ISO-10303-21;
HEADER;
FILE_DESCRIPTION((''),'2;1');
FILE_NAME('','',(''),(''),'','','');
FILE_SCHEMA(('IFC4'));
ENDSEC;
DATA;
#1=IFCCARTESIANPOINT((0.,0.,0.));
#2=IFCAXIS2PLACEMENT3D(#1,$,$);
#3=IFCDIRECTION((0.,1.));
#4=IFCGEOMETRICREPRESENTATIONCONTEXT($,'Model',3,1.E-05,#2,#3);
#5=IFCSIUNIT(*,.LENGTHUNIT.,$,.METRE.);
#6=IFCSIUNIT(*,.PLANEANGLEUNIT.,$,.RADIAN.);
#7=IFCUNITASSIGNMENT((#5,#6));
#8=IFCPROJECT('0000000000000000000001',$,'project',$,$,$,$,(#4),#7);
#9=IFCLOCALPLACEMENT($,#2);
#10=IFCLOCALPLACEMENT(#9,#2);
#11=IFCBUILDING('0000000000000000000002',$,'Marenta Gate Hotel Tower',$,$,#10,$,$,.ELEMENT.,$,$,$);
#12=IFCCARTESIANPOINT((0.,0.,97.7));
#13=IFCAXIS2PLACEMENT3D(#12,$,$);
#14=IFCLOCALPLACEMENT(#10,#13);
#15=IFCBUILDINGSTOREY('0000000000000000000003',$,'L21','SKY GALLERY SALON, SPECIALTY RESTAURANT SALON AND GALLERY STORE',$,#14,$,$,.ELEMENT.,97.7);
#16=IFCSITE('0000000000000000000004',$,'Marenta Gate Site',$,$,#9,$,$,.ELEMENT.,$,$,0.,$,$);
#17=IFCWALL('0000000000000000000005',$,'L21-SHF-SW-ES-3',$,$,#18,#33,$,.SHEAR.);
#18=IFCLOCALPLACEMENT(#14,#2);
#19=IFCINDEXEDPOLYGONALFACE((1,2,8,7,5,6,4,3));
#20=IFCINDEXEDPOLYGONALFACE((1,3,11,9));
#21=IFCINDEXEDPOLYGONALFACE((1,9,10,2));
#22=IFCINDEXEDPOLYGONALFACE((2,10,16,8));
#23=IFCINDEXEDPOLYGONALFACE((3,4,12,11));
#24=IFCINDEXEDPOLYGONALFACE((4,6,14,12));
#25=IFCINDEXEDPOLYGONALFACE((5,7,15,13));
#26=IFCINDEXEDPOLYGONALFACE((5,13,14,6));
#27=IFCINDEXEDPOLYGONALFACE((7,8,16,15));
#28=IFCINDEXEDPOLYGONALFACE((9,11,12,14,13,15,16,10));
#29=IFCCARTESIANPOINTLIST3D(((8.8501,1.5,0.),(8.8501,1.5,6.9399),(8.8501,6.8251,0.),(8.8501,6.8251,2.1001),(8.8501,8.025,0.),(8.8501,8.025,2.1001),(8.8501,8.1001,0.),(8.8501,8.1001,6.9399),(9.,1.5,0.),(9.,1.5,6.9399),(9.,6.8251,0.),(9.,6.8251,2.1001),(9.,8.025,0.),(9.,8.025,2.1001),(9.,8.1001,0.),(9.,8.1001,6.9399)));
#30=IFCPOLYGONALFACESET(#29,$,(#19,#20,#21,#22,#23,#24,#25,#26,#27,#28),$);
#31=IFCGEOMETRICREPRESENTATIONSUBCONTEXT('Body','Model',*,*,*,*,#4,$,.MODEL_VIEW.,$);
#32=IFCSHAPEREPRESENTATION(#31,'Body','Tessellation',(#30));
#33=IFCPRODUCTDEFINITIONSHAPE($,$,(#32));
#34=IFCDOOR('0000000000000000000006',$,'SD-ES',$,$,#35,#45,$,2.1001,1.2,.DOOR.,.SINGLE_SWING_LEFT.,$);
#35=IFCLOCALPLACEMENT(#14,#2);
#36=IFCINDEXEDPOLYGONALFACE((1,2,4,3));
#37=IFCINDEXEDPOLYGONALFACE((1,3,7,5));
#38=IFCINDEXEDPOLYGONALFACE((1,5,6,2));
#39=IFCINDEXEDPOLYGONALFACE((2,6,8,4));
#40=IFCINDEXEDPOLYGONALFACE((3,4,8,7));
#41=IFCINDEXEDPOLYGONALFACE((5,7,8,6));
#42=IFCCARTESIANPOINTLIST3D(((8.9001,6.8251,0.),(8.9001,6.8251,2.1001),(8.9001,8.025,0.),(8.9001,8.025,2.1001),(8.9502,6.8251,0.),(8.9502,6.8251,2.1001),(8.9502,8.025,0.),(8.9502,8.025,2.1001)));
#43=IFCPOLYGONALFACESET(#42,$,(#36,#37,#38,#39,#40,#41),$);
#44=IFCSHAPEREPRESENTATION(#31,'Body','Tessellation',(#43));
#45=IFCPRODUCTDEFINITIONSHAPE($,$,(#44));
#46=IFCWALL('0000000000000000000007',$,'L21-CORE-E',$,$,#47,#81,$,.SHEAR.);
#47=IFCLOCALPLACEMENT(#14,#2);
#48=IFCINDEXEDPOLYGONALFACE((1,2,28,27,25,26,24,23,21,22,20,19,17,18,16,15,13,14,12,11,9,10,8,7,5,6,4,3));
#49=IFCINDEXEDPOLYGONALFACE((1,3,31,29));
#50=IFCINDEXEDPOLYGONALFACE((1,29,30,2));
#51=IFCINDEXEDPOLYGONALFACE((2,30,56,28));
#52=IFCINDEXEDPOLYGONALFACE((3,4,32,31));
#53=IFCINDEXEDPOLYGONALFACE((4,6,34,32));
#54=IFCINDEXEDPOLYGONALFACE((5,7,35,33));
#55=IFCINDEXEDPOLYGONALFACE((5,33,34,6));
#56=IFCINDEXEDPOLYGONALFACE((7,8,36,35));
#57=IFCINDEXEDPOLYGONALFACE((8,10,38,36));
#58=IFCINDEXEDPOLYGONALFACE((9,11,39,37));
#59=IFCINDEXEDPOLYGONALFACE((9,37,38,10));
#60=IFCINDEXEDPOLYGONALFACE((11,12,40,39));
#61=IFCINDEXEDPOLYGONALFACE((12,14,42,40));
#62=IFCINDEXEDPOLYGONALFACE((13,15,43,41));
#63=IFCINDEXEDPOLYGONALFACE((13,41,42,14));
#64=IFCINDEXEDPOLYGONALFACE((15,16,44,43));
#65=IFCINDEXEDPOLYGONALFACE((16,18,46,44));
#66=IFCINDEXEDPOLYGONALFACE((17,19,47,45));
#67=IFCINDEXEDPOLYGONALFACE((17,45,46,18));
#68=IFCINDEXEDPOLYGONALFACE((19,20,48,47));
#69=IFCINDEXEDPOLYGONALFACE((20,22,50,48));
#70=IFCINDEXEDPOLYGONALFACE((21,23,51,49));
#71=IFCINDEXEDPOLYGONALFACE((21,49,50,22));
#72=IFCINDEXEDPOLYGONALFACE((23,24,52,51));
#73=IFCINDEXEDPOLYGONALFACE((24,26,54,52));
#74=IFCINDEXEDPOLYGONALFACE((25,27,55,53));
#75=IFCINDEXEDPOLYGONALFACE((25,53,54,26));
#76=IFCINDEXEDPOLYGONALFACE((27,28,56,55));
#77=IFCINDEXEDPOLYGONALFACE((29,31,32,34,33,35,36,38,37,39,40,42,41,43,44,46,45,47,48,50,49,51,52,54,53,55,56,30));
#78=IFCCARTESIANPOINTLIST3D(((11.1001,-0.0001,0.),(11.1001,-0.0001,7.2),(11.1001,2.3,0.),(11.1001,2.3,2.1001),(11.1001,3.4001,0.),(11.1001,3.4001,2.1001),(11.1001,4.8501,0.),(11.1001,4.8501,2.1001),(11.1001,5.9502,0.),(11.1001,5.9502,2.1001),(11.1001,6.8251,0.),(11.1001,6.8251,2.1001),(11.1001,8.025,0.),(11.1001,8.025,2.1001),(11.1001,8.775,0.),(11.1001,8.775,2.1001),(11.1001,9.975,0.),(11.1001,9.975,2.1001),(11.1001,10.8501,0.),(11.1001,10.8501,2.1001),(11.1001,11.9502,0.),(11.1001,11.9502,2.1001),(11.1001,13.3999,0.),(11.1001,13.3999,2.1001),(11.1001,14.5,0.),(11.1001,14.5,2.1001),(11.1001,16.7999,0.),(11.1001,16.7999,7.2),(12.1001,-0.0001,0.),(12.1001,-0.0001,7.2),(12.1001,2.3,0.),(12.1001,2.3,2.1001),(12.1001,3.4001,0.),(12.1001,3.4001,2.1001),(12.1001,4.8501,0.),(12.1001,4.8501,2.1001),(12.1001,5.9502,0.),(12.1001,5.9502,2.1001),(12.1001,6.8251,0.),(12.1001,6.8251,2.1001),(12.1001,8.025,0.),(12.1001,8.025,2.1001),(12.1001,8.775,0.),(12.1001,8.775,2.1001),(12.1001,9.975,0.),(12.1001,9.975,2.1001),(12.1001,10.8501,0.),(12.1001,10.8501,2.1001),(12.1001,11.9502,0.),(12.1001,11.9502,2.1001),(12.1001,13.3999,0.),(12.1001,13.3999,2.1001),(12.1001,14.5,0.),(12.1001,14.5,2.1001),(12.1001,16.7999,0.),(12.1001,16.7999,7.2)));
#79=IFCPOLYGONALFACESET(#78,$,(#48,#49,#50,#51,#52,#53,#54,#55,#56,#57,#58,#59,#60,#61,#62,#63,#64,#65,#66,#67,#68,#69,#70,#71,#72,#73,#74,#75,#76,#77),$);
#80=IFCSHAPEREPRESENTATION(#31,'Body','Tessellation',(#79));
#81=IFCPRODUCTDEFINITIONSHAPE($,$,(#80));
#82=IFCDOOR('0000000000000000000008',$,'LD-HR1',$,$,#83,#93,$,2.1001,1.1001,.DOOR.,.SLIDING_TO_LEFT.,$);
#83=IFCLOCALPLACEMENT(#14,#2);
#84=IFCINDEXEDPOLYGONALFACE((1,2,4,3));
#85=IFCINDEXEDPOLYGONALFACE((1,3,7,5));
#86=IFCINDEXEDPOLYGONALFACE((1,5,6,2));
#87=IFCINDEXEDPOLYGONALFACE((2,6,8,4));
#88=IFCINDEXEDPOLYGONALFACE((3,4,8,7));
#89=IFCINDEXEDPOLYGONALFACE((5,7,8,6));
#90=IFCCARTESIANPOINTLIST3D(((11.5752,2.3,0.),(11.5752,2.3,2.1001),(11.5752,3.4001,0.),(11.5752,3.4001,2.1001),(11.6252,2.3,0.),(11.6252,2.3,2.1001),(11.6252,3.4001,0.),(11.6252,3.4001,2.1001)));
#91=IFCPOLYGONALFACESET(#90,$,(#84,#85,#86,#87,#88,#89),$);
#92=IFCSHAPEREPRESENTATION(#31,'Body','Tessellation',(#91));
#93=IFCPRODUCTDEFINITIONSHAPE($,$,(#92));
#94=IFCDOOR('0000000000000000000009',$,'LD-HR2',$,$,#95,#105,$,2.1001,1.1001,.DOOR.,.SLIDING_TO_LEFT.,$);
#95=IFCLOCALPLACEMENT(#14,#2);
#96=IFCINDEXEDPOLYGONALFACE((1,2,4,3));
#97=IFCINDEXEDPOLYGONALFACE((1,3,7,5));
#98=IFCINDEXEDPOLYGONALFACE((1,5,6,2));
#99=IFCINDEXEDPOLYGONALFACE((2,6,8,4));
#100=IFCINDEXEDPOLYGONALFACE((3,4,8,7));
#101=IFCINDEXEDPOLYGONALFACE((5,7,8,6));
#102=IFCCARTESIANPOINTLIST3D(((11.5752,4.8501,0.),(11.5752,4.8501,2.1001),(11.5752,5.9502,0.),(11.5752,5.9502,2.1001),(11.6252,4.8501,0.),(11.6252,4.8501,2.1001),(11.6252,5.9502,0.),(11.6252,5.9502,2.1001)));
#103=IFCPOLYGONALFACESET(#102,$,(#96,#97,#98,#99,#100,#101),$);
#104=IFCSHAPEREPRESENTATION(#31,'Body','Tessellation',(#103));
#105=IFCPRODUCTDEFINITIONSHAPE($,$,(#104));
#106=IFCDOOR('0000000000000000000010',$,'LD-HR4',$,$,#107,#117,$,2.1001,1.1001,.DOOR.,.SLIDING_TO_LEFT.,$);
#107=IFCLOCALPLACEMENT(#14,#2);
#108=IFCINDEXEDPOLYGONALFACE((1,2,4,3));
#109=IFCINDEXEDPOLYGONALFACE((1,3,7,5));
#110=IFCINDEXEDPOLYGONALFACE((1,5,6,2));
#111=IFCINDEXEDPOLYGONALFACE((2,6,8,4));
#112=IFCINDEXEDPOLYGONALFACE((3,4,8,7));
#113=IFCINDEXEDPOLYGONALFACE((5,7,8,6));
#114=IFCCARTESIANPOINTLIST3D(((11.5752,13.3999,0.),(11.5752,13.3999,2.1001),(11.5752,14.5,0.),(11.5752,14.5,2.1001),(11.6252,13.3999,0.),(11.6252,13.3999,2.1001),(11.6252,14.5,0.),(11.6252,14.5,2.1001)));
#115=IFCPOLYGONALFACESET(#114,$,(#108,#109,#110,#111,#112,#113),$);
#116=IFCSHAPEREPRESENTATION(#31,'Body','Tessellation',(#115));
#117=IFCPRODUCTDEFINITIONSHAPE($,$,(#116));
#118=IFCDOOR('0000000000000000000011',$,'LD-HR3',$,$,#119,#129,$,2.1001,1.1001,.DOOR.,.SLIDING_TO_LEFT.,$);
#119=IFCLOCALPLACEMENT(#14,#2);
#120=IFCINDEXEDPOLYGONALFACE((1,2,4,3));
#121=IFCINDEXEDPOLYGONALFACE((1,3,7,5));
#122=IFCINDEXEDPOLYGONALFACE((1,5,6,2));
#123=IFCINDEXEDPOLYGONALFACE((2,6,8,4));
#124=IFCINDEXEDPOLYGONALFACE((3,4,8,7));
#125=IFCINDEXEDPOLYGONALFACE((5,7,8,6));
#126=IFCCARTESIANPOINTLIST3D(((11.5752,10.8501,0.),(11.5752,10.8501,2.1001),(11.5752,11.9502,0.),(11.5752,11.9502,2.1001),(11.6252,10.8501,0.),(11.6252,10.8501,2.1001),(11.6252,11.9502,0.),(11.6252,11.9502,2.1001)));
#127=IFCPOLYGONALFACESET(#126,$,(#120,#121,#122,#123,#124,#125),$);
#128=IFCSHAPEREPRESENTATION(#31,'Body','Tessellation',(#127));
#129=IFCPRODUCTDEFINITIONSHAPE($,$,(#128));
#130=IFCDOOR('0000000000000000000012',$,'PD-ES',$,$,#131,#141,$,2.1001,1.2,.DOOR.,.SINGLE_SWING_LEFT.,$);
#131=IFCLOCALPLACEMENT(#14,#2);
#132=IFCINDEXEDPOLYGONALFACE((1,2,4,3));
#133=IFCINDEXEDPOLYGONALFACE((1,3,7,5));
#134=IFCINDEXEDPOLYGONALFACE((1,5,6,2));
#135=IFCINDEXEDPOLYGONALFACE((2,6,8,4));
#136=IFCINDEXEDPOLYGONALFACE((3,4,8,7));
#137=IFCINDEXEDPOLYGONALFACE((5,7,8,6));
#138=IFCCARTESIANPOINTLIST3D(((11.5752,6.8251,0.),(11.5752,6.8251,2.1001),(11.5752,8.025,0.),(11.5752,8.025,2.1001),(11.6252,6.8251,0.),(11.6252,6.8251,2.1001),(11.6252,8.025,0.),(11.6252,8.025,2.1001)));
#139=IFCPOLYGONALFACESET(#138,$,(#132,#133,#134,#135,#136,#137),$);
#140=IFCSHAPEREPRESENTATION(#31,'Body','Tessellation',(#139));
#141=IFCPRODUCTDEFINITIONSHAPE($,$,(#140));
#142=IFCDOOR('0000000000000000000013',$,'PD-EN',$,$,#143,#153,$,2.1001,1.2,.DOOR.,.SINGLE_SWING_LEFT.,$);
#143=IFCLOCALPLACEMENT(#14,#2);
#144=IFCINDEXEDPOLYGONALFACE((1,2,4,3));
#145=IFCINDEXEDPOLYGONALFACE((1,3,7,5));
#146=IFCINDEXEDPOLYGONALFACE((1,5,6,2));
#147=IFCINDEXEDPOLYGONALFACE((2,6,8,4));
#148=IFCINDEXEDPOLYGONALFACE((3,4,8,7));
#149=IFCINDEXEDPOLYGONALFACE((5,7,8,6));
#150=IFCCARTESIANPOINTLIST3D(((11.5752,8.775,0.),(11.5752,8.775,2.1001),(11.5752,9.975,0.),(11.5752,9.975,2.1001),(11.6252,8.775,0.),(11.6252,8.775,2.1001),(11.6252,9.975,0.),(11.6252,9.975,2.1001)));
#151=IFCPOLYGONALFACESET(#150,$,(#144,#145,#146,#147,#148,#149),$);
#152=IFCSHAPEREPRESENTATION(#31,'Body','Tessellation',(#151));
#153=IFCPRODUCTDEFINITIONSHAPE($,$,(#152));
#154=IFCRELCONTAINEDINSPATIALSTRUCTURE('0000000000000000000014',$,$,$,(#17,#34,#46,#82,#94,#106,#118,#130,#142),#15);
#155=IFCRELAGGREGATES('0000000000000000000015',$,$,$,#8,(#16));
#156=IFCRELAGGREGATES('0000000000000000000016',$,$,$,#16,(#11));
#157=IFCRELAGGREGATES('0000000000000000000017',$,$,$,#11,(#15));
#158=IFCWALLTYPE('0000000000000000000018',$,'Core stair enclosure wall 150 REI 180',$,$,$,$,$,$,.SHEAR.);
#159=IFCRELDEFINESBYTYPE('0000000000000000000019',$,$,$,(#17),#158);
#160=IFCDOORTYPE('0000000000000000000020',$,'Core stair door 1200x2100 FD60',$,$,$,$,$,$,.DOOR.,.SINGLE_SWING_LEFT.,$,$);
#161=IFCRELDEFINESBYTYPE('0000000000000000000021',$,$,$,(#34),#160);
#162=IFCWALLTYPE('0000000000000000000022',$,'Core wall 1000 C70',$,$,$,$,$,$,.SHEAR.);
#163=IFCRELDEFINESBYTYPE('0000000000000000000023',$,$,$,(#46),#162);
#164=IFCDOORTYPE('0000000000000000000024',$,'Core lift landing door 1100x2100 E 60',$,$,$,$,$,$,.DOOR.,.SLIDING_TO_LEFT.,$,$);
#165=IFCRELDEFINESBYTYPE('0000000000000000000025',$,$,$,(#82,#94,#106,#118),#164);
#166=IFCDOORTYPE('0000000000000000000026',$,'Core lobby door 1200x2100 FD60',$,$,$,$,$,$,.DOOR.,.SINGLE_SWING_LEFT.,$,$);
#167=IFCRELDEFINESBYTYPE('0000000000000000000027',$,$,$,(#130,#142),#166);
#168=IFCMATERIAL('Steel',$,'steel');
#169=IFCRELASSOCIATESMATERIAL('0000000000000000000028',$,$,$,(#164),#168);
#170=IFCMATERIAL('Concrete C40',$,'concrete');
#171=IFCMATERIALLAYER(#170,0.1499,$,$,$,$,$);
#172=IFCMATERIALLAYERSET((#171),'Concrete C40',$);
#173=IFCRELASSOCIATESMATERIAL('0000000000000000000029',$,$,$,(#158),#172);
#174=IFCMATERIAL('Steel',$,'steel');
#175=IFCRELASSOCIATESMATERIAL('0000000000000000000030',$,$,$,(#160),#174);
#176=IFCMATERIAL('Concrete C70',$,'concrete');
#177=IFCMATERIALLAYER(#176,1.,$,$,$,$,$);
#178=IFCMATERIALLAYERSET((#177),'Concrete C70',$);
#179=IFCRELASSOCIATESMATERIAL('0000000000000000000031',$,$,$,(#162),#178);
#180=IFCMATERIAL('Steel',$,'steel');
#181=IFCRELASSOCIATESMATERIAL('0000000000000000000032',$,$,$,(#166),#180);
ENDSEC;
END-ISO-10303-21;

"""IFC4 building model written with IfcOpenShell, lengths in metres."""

from ifc_helpers import new_model, si_unit, direction, frame, frame_2d, origin, place, context, subcontext, project, spatial, rectangle, extrude, material, layer, layer_set, type_object, element, fill, save


model = new_model("IFC4")

# Units and contexts
model_context = context("Model", 3, precision=1e-05, world=origin(), true_north=direction((0.0, 1.0)))
body_context = subcontext(model_context, "Body", "Model", "MODEL_VIEW")
ifc_project = project(units=[si_unit("LENGTHUNIT", "METRE"), si_unit("PLANEANGLEUNIT", "RADIAN")], contexts=[model_context])

# Site, building, storey
site_placement = place(None, origin())
site = spatial("IfcSite", under=ifc_project, at=site_placement, Name="Marenta Gate Site", CompositionType="ELEMENT", RefElevation=0.0)
building_placement = place(site_placement, origin())
building = spatial("IfcBuilding", under=site, at=building_placement, Name="Marenta Gate Hotel Tower", CompositionType="ELEMENT")
storey_placement = place(building_placement, frame((0.0, 0.0, 97.7)))
storey = spatial("IfcBuildingStorey", under=building, at=storey_placement, Name="L21", Description="SKY GALLERY SALON, SPECIALTY RESTAURANT SALON AND GALLERY STORE", CompositionType="ELEMENT", Elevation=97.7)

# Shared definitions
ifc_material_1 = material(Name="Steel", Category="steel")
door_type_1 = type_object("IfcDoorType", Name="Core lift landing door 1100x2100 E 60", OperationType="SLIDING_TO_LEFT", PredefinedType="DOOR", material=ifc_material_1)

# Wall, opening, door
ifc_material_2 = material(Name="Concrete C40", Category="concrete")
ifc_layer_1 = layer(ifc_material_2, 0.1499)
ifc_layer_set_1 = layer_set([ifc_layer_1], Name="Concrete C40")
wall_type_1 = type_object("IfcWallType", Name="Core stair enclosure wall 150 REI 180", PredefinedType="SHEAR", material=ifc_layer_set_1)
wall_1_placement = place(storey_placement, frame((8.925, 1.5, 0.0), z_axis=(0.0, 0.0, 1.0), x_axis=(0.0, 1.0, 0.0)))
wall_1 = element("IfcWall", 1, at=wall_1_placement, inside=storey, type_object=wall_type_1, Name="L21-SHF-SW-ES-3", PredefinedType="SHEAR", context=body_context, shape_type="SweptSolid", body=[
    extrude(rectangle(XDim=6.6001, YDim=0.1499, at=frame_2d((3.3, 0.0))), origin(), (0.0, 0.0, 1.0), 6.9399),
])
opening_1_placement = place(wall_1_placement, frame((5.325, 0.0, 0.0)))
opening_1 = element("IfcOpeningElement", 2, at=opening_1_placement, cuts=wall_1, PredefinedType="OPENING", context=body_context, shape_type="SweptSolid", body=[
    extrude(rectangle(XDim=1.2, YDim=2.1001, at=frame_2d((0.6001, 1.05))), frame((0.0, 0.075, 0.0), z_axis=(0.0, -1.0, 0.0), x_axis=(1.0, 0.0, 0.0)), (0.0, 0.0, 1.0), 0.1499),
])
ifc_material_3 = material(Name="Steel", Category="steel")
door_type_2 = type_object("IfcDoorType", Name="Core stair door 1200x2100 FD60", OperationType="SINGLE_SWING_LEFT", PredefinedType="DOOR", material=ifc_material_3)
door_1_placement = place(opening_1_placement, origin())
door_1 = element("IfcDoor", 3, at=door_1_placement, inside=storey, type_object=door_type_2, Name="SD-ES", OperationType="SINGLE_SWING_LEFT", OverallHeight=2.1001, OverallWidth=1.2, PredefinedType="DOOR", context=body_context, shape_type="SweptSolid", body=[
    extrude(rectangle(XDim=1.2, YDim=2.1001, at=frame_2d((0.6001, 1.05))), frame((0.0, 0.0249, 0.0), z_axis=(0.0, -1.0, 0.0), x_axis=(1.0, 0.0, 0.0)), (0.0, 0.0, 1.0), 0.05),
])
fill(opening_1, door_1)

# Wall, openings, doors
ifc_material_4 = material(Name="Concrete C70", Category="concrete")
ifc_layer_2 = layer(ifc_material_4, 1.0)
ifc_layer_set_2 = layer_set([ifc_layer_2], Name="Concrete C70")
wall_type_2 = type_object("IfcWallType", Name="Core wall 1000 C70", PredefinedType="SHEAR", material=ifc_layer_set_2)
wall_2_placement = place(storey_placement, frame((11.6001, 0.0, 0.0), z_axis=(0.0, 0.0, 1.0), x_axis=(0.0, 1.0, 0.0)))
wall_2 = element("IfcWall", 4, at=wall_2_placement, inside=storey, type_object=wall_type_2, Name="L21-CORE-E", PredefinedType="SHEAR", context=body_context, shape_type="SweptSolid", body=[
    extrude(rectangle(XDim=16.8, YDim=1.0, at=frame_2d((8.3999, 0.0))), origin(), (0.0, 0.0, 1.0), 7.2),
])
opening_2_placement = place(wall_2_placement, frame((2.3, 0.0, 0.0)))
opening_2 = element("IfcOpeningElement", 5, at=opening_2_placement, cuts=wall_2, PredefinedType="OPENING", context=body_context, shape_type="SweptSolid", body=[
    extrude(rectangle(XDim=1.1001, YDim=2.1001, at=frame_2d((0.55, 1.05))), frame((0.0, 0.5, 0.0), z_axis=(0.0, -1.0, 0.0), x_axis=(1.0, 0.0, 0.0)), (0.0, 0.0, 1.0), 1.0),
])
opening_3_placement = place(wall_2_placement, frame((4.8501, 0.0, 0.0)))
opening_3 = element("IfcOpeningElement", 6, at=opening_3_placement, cuts=wall_2, PredefinedType="OPENING", context=body_context, shape_type="SweptSolid", body=[
    extrude(rectangle(XDim=1.1001, YDim=2.1001, at=frame_2d((0.55, 1.05))), frame((0.0, 0.5, 0.0), z_axis=(0.0, -1.0, 0.0), x_axis=(1.0, 0.0, 0.0)), (0.0, 0.0, 1.0), 1.0),
])
opening_4_placement = place(wall_2_placement, frame((6.825, 0.0, 0.0)))
opening_4 = element("IfcOpeningElement", 7, at=opening_4_placement, cuts=wall_2, PredefinedType="OPENING", context=body_context, shape_type="SweptSolid", body=[
    extrude(rectangle(XDim=1.2, YDim=2.1001, at=frame_2d((0.6001, 1.05))), frame((0.0, 0.5, 0.0), z_axis=(0.0, -1.0, 0.0), x_axis=(1.0, 0.0, 0.0)), (0.0, 0.0, 1.0), 1.0),
])
opening_5_placement = place(wall_2_placement, frame((13.3999, 0.0, 0.0)))
opening_5 = element("IfcOpeningElement", 8, at=opening_5_placement, cuts=wall_2, PredefinedType="OPENING", context=body_context, shape_type="SweptSolid", body=[
    extrude(rectangle(XDim=1.1001, YDim=2.1001, at=frame_2d((0.55, 1.05))), frame((0.0, 0.5, 0.0), z_axis=(0.0, -1.0, 0.0), x_axis=(1.0, 0.0, 0.0)), (0.0, 0.0, 1.0), 1.0),
])
opening_6_placement = place(wall_2_placement, frame((10.8501, 0.0, 0.0)))
opening_6 = element("IfcOpeningElement", 9, at=opening_6_placement, cuts=wall_2, PredefinedType="OPENING", context=body_context, shape_type="SweptSolid", body=[
    extrude(rectangle(XDim=1.1001, YDim=2.1001, at=frame_2d((0.55, 1.05))), frame((0.0, 0.5, 0.0), z_axis=(0.0, -1.0, 0.0), x_axis=(1.0, 0.0, 0.0)), (0.0, 0.0, 1.0), 1.0),
])
opening_7_placement = place(wall_2_placement, frame((8.7749, 0.0, 0.0)))
opening_7 = element("IfcOpeningElement", 10, at=opening_7_placement, cuts=wall_2, PredefinedType="OPENING", context=body_context, shape_type="SweptSolid", body=[
    extrude(rectangle(XDim=1.2, YDim=2.1001, at=frame_2d((0.6001, 1.05))), frame((0.0, 0.5, 0.0), z_axis=(0.0, -1.0, 0.0), x_axis=(1.0, 0.0, 0.0)), (0.0, 0.0, 1.0), 1.0),
])
door_2_placement = place(opening_2_placement, origin())
door_2 = element("IfcDoor", 11, at=door_2_placement, inside=storey, type_object=door_type_1, Name="LD-HR1", OperationType="SLIDING_TO_LEFT", OverallHeight=2.1001, OverallWidth=1.1001, PredefinedType="DOOR", context=body_context, shape_type="SweptSolid", body=[
    extrude(rectangle(XDim=1.1001, YDim=2.1001, at=frame_2d((0.55, 1.05))), frame((0.0, 0.0249, 0.0), z_axis=(0.0, -1.0, 0.0), x_axis=(1.0, 0.0, 0.0)), (0.0, 0.0, 1.0), 0.05),
])
fill(opening_2, door_2)
door_3_placement = place(opening_3_placement, origin())
door_3 = element("IfcDoor", 12, at=door_3_placement, inside=storey, type_object=door_type_1, Name="LD-HR2", OperationType="SLIDING_TO_LEFT", OverallHeight=2.1001, OverallWidth=1.1001, PredefinedType="DOOR", context=body_context, shape_type="SweptSolid", body=[
    extrude(rectangle(XDim=1.1001, YDim=2.1001, at=frame_2d((0.55, 1.05))), frame((0.0, 0.0249, 0.0), z_axis=(0.0, -1.0, 0.0), x_axis=(1.0, 0.0, 0.0)), (0.0, 0.0, 1.0), 0.05),
])
fill(opening_3, door_3)
door_4_placement = place(opening_5_placement, origin())
door_4 = element("IfcDoor", 13, at=door_4_placement, inside=storey, type_object=door_type_1, Name="LD-HR4", OperationType="SLIDING_TO_LEFT", OverallHeight=2.1001, OverallWidth=1.1001, PredefinedType="DOOR", context=body_context, shape_type="SweptSolid", body=[
    extrude(rectangle(XDim=1.1001, YDim=2.1001, at=frame_2d((0.55, 1.05))), frame((0.0, 0.0249, 0.0), z_axis=(0.0, -1.0, 0.0), x_axis=(1.0, 0.0, 0.0)), (0.0, 0.0, 1.0), 0.05),
])
fill(opening_5, door_4)
door_5_placement = place(opening_6_placement, origin())
door_5 = element("IfcDoor", 14, at=door_5_placement, inside=storey, type_object=door_type_1, Name="LD-HR3", OperationType="SLIDING_TO_LEFT", OverallHeight=2.1001, OverallWidth=1.1001, PredefinedType="DOOR", context=body_context, shape_type="SweptSolid", body=[
    extrude(rectangle(XDim=1.1001, YDim=2.1001, at=frame_2d((0.55, 1.05))), frame((0.0, 0.0249, 0.0), z_axis=(0.0, -1.0, 0.0), x_axis=(1.0, 0.0, 0.0)), (0.0, 0.0, 1.0), 0.05),
])
fill(opening_6, door_5)
ifc_material_5 = material(Name="Steel", Category="steel")
door_type_3 = type_object("IfcDoorType", Name="Core lobby door 1200x2100 FD60", OperationType="SINGLE_SWING_LEFT", PredefinedType="DOOR", material=ifc_material_5)
door_6_placement = place(opening_4_placement, origin())
door_6 = element("IfcDoor", 15, at=door_6_placement, inside=storey, type_object=door_type_3, Name="PD-ES", OperationType="SINGLE_SWING_LEFT", OverallHeight=2.1001, OverallWidth=1.2, PredefinedType="DOOR", context=body_context, shape_type="SweptSolid", body=[
    extrude(rectangle(XDim=1.2, YDim=2.1001, at=frame_2d((0.6001, 1.05))), frame((0.0, 0.0249, 0.0), z_axis=(0.0, -1.0, 0.0), x_axis=(1.0, 0.0, 0.0)), (0.0, 0.0, 1.0), 0.05),
])
fill(opening_4, door_6)
door_7_placement = place(opening_7_placement, origin())
door_7 = element("IfcDoor", 16, at=door_7_placement, inside=storey, type_object=door_type_3, Name="PD-EN", OperationType="SINGLE_SWING_LEFT", OverallHeight=2.1001, OverallWidth=1.2, PredefinedType="DOOR", context=body_context, shape_type="SweptSolid", body=[
    extrude(rectangle(XDim=1.2, YDim=2.1001, at=frame_2d((0.6001, 1.05))), frame((0.0, 0.0249, 0.0), z_axis=(0.0, -1.0, 0.0), x_axis=(1.0, 0.0, 0.0)), (0.0, 0.0, 1.0), 0.05),
])
fill(opening_7, door_7)

save(model, "model.ifc")
